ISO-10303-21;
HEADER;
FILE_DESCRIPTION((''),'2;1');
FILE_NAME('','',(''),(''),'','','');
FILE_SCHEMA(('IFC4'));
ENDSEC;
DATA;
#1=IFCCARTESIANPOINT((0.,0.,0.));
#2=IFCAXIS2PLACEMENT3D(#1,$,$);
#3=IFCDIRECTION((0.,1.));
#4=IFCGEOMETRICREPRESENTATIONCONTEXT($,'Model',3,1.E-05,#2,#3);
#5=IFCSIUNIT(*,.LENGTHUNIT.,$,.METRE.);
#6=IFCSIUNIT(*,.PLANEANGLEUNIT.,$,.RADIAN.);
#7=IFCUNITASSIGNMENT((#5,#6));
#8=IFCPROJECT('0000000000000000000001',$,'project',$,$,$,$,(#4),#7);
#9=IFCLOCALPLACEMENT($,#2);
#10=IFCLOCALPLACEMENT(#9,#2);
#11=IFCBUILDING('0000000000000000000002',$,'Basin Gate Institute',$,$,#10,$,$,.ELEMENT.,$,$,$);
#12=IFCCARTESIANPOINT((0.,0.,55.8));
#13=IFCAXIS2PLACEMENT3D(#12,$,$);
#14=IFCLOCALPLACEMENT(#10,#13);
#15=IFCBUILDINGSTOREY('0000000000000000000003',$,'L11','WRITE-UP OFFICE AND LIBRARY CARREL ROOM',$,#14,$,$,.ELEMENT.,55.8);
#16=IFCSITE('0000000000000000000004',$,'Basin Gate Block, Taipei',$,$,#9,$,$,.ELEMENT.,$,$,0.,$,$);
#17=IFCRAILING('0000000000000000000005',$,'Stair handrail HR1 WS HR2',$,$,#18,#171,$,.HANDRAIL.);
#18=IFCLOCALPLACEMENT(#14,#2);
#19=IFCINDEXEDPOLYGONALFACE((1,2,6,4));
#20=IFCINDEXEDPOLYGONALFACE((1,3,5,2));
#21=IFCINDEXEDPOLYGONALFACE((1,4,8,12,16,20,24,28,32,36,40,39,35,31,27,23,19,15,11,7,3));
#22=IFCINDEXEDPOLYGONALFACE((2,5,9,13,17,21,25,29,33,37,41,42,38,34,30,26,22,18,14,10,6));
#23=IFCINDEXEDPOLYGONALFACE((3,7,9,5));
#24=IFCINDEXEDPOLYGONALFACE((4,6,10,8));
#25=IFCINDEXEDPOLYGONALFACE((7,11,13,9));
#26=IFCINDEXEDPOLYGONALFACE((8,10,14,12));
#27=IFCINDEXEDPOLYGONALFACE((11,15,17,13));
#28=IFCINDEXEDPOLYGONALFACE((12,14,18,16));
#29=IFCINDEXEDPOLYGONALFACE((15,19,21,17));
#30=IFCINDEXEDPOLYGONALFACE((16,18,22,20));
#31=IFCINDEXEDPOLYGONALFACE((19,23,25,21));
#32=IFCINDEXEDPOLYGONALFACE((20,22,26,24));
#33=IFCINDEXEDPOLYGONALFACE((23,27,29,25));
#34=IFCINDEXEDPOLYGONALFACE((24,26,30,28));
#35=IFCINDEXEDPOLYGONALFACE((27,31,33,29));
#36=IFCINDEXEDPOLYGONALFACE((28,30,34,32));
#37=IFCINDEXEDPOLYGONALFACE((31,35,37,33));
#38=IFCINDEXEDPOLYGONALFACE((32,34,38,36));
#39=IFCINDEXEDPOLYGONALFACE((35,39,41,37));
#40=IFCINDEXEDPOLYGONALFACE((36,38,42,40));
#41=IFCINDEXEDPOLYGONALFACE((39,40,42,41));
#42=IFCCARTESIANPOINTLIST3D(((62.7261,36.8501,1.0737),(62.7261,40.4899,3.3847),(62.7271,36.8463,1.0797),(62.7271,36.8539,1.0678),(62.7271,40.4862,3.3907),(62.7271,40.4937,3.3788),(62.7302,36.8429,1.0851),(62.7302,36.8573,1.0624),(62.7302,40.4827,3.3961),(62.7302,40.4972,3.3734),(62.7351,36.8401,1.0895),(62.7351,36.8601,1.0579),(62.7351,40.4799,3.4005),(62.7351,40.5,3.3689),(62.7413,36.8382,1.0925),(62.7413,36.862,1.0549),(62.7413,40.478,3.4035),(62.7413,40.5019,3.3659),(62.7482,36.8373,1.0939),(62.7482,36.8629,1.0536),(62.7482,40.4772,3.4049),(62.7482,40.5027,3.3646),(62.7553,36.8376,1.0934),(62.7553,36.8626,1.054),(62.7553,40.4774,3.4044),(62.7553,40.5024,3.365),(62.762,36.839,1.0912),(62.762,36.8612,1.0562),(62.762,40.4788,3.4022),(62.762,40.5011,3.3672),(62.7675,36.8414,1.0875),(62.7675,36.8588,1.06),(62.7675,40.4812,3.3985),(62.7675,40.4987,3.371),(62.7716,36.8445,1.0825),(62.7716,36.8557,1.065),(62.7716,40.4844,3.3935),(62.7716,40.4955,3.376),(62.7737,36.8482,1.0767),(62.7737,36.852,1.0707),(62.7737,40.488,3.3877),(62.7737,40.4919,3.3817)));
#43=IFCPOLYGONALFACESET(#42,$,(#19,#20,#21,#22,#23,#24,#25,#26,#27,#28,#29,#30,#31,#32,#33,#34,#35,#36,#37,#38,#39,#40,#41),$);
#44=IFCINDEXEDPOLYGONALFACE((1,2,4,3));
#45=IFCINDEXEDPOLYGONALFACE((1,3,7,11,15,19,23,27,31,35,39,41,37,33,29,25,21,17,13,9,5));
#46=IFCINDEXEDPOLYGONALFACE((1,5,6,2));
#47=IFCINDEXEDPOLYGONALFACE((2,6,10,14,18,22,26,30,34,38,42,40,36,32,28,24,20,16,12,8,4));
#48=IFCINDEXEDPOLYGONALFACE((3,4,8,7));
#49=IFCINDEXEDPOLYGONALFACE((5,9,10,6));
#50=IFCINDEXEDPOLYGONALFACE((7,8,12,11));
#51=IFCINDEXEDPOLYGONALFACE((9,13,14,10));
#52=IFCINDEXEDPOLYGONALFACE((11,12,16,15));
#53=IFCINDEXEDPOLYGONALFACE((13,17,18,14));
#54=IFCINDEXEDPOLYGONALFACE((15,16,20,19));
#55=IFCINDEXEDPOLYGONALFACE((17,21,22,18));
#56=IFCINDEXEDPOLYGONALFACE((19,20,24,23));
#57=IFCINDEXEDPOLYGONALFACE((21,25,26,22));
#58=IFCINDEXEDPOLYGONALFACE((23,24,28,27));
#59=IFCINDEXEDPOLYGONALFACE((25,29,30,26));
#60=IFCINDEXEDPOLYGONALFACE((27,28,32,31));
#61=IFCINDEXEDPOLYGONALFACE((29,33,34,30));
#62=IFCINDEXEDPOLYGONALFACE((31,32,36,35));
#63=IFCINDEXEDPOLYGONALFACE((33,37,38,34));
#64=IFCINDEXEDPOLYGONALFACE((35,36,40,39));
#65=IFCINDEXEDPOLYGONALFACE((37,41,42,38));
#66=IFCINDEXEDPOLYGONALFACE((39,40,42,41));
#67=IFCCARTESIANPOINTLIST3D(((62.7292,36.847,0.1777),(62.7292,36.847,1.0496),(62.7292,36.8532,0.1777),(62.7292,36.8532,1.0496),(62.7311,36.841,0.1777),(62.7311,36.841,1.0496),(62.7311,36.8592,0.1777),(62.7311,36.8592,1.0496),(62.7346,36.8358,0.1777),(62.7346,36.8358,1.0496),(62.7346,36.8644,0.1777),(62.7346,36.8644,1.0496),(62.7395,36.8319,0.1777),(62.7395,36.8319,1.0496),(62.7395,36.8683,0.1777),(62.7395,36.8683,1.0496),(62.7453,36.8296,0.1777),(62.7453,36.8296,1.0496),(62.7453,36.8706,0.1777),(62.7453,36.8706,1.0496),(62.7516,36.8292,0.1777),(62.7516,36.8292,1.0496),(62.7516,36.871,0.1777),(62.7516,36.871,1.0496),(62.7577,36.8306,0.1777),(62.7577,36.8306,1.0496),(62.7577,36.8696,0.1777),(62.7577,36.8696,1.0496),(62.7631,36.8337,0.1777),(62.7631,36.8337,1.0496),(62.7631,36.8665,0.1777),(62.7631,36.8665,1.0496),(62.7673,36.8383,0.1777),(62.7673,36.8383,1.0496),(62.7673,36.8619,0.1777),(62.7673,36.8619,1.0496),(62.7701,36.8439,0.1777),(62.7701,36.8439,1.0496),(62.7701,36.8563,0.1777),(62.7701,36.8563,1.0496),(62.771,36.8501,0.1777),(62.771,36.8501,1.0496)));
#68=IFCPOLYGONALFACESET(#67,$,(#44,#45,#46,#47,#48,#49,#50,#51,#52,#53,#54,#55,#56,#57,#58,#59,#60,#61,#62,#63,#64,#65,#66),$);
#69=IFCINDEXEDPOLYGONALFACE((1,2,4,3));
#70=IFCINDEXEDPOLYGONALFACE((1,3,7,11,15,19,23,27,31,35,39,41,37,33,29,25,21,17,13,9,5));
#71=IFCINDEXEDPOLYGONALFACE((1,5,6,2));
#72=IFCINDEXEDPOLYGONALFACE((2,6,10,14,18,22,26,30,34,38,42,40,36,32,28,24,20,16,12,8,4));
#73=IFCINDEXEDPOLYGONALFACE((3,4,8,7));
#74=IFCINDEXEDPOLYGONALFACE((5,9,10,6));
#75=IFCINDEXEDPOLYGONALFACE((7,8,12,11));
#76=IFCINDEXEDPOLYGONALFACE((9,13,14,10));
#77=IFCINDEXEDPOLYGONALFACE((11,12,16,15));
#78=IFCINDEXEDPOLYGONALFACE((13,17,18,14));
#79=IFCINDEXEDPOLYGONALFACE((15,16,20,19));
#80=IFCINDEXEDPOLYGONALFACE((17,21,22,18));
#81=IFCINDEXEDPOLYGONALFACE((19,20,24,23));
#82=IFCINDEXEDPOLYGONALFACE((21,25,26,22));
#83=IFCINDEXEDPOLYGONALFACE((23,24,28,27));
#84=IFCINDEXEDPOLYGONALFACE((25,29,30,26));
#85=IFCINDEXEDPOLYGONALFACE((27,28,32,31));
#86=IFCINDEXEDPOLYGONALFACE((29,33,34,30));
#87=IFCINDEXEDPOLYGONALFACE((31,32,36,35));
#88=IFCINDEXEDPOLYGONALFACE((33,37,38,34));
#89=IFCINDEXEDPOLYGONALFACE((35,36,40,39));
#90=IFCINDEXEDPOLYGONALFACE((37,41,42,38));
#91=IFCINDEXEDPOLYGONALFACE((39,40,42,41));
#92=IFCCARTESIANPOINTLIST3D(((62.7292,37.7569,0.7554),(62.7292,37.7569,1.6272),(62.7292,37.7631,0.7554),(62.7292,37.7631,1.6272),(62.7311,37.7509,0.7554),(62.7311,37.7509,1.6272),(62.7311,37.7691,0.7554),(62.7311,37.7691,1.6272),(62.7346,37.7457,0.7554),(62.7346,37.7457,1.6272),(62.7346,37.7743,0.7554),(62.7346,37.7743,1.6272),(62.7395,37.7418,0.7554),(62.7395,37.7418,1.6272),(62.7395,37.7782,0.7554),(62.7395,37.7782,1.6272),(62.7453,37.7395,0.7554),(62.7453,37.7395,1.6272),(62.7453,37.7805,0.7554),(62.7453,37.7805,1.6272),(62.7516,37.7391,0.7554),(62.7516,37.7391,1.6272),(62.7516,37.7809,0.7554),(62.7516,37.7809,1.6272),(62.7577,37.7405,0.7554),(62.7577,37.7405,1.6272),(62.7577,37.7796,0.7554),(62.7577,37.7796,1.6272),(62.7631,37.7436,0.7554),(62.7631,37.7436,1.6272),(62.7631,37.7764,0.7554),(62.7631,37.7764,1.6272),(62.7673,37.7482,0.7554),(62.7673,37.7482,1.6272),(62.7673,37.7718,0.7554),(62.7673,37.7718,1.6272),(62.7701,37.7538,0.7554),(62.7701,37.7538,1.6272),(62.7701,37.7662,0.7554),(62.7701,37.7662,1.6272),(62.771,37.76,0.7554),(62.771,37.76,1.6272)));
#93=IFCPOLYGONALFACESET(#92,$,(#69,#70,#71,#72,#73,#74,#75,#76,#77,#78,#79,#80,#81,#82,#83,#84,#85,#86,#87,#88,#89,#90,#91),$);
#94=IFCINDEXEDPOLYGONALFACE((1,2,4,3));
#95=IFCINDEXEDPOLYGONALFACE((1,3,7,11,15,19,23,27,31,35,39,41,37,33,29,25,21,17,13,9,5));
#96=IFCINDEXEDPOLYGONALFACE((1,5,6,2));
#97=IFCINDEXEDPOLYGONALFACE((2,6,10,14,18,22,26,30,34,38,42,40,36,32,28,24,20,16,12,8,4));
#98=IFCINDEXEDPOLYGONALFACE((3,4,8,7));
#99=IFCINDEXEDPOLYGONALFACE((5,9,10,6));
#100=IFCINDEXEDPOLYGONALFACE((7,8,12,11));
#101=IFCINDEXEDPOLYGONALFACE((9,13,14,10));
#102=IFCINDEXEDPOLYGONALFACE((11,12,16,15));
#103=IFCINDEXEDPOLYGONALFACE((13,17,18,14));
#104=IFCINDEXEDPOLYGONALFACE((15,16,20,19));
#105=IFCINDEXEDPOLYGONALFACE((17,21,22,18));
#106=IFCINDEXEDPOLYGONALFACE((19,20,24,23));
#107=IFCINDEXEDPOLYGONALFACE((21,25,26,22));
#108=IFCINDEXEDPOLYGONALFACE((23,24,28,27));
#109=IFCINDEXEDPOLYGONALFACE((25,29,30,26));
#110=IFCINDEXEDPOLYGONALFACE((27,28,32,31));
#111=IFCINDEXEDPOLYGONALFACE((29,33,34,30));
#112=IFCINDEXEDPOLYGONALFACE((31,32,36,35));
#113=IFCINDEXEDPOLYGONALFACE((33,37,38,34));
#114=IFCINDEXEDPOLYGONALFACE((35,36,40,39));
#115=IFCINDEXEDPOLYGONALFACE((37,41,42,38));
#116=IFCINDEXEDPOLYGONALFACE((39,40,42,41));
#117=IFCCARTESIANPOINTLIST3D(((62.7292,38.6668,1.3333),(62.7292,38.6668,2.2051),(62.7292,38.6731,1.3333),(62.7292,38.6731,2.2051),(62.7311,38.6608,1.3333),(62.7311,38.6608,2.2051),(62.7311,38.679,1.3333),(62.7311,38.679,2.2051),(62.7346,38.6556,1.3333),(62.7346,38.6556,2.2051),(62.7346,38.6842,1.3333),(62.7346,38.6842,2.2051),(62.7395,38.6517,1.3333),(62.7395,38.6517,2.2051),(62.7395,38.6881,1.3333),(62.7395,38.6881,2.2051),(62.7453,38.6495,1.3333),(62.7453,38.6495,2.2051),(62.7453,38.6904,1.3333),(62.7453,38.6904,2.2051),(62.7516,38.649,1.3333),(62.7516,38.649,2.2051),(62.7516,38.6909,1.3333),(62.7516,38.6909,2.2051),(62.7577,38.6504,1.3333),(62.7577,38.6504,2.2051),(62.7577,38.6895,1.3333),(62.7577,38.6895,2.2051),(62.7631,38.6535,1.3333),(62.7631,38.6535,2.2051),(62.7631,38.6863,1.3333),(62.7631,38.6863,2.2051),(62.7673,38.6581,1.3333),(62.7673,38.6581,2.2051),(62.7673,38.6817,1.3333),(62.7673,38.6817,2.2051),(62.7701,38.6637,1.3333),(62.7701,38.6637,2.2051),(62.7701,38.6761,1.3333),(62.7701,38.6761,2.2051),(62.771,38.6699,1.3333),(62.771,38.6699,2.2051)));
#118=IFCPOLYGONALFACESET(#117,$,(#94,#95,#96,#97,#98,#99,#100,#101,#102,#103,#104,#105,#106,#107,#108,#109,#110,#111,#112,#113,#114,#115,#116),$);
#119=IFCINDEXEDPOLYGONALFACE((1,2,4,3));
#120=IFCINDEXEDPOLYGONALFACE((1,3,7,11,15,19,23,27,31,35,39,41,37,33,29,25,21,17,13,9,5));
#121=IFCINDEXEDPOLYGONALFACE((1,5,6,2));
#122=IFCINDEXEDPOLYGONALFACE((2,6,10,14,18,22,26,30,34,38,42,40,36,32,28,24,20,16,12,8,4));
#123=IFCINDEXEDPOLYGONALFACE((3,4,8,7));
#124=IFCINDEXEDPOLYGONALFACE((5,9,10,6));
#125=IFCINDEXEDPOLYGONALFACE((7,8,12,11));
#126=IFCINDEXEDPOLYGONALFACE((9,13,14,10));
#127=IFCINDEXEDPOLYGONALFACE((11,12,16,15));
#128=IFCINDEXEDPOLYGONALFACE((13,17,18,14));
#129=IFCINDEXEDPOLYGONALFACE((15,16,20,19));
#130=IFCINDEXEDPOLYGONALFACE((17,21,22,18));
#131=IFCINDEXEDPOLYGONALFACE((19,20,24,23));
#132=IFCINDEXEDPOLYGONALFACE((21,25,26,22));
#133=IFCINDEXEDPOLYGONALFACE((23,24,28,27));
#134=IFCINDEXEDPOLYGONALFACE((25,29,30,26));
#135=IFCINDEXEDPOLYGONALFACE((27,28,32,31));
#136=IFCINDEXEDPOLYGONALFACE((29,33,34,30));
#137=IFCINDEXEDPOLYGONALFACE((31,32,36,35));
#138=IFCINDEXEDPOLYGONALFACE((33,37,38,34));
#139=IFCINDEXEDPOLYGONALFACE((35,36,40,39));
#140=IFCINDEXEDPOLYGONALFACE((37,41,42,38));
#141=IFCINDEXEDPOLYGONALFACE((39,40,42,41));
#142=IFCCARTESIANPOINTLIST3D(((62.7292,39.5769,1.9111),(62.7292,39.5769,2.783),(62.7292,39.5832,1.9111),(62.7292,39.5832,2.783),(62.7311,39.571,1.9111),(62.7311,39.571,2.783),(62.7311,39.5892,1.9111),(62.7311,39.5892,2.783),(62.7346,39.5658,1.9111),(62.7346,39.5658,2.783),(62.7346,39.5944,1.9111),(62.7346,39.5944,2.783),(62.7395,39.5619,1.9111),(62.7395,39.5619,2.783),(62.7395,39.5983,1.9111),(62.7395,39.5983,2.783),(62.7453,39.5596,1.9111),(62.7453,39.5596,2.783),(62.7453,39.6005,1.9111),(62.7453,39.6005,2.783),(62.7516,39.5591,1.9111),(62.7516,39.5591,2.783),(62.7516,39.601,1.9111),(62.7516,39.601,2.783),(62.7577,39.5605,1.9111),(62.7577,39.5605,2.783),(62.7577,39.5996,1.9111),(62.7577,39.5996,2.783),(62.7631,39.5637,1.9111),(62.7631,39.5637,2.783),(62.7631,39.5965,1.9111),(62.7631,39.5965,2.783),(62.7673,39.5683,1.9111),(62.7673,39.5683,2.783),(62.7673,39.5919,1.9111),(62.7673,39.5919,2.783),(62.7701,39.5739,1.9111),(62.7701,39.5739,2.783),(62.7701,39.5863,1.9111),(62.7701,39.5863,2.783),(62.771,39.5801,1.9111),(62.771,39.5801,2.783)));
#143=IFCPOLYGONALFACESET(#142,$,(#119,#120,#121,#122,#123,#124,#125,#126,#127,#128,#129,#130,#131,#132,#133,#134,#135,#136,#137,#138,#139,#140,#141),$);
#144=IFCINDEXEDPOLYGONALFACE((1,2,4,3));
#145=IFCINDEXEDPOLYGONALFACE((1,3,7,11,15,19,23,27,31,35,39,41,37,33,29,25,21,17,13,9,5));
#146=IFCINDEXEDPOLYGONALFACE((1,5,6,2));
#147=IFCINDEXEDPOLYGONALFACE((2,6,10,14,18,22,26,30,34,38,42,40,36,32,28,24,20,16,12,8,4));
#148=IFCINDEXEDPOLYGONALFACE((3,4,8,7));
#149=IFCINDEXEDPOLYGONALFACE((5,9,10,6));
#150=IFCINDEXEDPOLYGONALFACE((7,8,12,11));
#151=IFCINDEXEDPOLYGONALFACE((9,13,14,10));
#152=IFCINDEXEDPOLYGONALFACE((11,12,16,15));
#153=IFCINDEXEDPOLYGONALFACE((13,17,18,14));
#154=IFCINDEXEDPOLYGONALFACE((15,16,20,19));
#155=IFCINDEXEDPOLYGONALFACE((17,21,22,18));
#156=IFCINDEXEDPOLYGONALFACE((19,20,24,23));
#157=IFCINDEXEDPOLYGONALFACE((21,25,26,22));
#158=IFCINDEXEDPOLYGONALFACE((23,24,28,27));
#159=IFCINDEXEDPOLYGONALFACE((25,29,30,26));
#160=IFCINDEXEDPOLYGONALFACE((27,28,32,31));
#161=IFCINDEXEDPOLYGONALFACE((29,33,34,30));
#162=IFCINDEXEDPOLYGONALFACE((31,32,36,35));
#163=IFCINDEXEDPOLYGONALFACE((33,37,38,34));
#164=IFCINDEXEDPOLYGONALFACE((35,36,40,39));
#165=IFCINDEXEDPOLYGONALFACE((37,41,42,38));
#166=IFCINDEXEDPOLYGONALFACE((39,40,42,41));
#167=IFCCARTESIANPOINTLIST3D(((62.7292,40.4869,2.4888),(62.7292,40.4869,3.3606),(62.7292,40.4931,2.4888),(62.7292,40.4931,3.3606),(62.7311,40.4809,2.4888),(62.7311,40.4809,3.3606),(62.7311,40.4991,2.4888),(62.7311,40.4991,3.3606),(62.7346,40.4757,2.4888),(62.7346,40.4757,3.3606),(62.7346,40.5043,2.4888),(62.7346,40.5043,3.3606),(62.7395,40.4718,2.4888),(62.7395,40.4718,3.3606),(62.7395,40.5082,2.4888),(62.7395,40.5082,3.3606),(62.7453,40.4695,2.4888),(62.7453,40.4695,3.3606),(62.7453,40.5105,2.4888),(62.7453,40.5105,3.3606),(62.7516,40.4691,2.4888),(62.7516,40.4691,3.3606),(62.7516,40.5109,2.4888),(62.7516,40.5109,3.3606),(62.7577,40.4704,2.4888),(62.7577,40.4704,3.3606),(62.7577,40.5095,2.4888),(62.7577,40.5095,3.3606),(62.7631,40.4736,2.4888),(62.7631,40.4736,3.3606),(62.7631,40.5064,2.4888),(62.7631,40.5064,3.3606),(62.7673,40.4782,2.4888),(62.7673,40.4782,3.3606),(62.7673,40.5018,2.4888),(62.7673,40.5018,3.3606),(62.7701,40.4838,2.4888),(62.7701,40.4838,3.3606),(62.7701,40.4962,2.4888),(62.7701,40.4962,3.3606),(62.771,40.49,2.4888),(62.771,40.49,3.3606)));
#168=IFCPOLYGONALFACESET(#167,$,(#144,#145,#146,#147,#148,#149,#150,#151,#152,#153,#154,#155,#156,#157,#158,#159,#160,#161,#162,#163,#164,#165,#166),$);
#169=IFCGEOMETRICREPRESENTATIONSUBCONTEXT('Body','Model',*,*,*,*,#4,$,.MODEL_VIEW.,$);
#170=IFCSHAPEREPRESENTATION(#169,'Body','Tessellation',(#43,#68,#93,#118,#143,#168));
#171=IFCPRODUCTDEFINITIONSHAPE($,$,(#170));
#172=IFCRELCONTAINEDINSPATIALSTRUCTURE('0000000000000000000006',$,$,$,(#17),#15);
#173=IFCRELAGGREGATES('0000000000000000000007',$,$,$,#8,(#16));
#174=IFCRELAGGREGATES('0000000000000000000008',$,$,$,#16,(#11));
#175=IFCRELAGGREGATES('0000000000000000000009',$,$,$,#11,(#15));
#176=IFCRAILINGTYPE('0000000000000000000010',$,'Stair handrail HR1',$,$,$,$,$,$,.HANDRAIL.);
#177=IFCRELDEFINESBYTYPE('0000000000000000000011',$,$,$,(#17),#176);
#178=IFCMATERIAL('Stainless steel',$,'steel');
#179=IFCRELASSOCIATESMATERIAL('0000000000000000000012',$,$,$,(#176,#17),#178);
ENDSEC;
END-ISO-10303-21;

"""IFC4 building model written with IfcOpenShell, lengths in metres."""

from ifc_helpers import new_model, si_unit, direction, frame, origin, origin_2d, place, context, subcontext, project, spatial, circle, extrude, material, type_object, element, save


model = new_model("IFC4")

# Units and contexts
model_context = context("Model", 3, precision=1e-05, world=origin(), true_north=direction((0.0, 1.0)))
body_context = subcontext(model_context, "Body", "Model", "MODEL_VIEW")
ifc_project = project(units=[si_unit("LENGTHUNIT", "METRE"), si_unit("PLANEANGLEUNIT", "RADIAN")], contexts=[model_context])

# Site, building, storey
site_placement = place(None, origin())
site = spatial("IfcSite", under=ifc_project, at=site_placement, Name="Basin Gate Block, Taipei", CompositionType="ELEMENT", RefElevation=0.0)
building_placement = place(site_placement, origin())
building = spatial("IfcBuilding", under=site, at=building_placement, Name="Basin Gate Institute", CompositionType="ELEMENT")
storey_placement = place(building_placement, frame((0.0, 0.0, 55.8)))
storey = spatial("IfcBuildingStorey", under=building, at=storey_placement, Name="L11", Description="WRITE-UP OFFICE AND LIBRARY CARREL ROOM", CompositionType="ELEMENT", Elevation=55.8)

# Railing
ifc_material_1 = material(Name="Stainless steel", Category="steel")
railing_type_1 = type_object("IfcRailingType", Name="Stair handrail HR1", PredefinedType="HANDRAIL", material=ifc_material_1)
for number, where, name in (
    (1, (62.75, 36.8501, 0.1777), "Stair handrail HR1 WS HR2"),
):
    element("IfcRailing", number, at=place(storey_placement, frame(where)), inside=storey, type_object=railing_type_1, material=ifc_material_1, Name=name, PredefinedType="HANDRAIL", context=body_context, shape_type="SweptSolid", body=[
        extrude(circle(Radius=0.0239, at=origin_2d()), frame((0.0, 0.0, 0.896), z_axis=(0.0, 0.844214, 0.536007), x_axis=(-1.0, 0.0, 0.0)), (0.0, 0.0, 1.0), 4.3115),
        extrude(circle(Radius=0.021, at=origin_2d()), origin(), (0.0, 0.0, 1.0), 0.8718),
        extrude(circle(Radius=0.021, at=origin_2d()), frame((0.0, 0.9099, 0.5776)), (0.0, 0.0, 1.0), 0.8718),
        extrude(circle(Radius=0.021, at=origin_2d()), frame((0.0, 1.8198, 1.1555)), (0.0, 0.0, 1.0), 0.8718),
        extrude(circle(Radius=0.021, at=origin_2d()), frame((0.0, 2.73, 1.7334)), (0.0, 0.0, 1.0), 0.8718),
        extrude(circle(Radius=0.021, at=origin_2d()), frame((0.0, 3.6399, 2.311)), (0.0, 0.0, 1.0), 0.8718),
    ])

save(model, "model.ifc")
